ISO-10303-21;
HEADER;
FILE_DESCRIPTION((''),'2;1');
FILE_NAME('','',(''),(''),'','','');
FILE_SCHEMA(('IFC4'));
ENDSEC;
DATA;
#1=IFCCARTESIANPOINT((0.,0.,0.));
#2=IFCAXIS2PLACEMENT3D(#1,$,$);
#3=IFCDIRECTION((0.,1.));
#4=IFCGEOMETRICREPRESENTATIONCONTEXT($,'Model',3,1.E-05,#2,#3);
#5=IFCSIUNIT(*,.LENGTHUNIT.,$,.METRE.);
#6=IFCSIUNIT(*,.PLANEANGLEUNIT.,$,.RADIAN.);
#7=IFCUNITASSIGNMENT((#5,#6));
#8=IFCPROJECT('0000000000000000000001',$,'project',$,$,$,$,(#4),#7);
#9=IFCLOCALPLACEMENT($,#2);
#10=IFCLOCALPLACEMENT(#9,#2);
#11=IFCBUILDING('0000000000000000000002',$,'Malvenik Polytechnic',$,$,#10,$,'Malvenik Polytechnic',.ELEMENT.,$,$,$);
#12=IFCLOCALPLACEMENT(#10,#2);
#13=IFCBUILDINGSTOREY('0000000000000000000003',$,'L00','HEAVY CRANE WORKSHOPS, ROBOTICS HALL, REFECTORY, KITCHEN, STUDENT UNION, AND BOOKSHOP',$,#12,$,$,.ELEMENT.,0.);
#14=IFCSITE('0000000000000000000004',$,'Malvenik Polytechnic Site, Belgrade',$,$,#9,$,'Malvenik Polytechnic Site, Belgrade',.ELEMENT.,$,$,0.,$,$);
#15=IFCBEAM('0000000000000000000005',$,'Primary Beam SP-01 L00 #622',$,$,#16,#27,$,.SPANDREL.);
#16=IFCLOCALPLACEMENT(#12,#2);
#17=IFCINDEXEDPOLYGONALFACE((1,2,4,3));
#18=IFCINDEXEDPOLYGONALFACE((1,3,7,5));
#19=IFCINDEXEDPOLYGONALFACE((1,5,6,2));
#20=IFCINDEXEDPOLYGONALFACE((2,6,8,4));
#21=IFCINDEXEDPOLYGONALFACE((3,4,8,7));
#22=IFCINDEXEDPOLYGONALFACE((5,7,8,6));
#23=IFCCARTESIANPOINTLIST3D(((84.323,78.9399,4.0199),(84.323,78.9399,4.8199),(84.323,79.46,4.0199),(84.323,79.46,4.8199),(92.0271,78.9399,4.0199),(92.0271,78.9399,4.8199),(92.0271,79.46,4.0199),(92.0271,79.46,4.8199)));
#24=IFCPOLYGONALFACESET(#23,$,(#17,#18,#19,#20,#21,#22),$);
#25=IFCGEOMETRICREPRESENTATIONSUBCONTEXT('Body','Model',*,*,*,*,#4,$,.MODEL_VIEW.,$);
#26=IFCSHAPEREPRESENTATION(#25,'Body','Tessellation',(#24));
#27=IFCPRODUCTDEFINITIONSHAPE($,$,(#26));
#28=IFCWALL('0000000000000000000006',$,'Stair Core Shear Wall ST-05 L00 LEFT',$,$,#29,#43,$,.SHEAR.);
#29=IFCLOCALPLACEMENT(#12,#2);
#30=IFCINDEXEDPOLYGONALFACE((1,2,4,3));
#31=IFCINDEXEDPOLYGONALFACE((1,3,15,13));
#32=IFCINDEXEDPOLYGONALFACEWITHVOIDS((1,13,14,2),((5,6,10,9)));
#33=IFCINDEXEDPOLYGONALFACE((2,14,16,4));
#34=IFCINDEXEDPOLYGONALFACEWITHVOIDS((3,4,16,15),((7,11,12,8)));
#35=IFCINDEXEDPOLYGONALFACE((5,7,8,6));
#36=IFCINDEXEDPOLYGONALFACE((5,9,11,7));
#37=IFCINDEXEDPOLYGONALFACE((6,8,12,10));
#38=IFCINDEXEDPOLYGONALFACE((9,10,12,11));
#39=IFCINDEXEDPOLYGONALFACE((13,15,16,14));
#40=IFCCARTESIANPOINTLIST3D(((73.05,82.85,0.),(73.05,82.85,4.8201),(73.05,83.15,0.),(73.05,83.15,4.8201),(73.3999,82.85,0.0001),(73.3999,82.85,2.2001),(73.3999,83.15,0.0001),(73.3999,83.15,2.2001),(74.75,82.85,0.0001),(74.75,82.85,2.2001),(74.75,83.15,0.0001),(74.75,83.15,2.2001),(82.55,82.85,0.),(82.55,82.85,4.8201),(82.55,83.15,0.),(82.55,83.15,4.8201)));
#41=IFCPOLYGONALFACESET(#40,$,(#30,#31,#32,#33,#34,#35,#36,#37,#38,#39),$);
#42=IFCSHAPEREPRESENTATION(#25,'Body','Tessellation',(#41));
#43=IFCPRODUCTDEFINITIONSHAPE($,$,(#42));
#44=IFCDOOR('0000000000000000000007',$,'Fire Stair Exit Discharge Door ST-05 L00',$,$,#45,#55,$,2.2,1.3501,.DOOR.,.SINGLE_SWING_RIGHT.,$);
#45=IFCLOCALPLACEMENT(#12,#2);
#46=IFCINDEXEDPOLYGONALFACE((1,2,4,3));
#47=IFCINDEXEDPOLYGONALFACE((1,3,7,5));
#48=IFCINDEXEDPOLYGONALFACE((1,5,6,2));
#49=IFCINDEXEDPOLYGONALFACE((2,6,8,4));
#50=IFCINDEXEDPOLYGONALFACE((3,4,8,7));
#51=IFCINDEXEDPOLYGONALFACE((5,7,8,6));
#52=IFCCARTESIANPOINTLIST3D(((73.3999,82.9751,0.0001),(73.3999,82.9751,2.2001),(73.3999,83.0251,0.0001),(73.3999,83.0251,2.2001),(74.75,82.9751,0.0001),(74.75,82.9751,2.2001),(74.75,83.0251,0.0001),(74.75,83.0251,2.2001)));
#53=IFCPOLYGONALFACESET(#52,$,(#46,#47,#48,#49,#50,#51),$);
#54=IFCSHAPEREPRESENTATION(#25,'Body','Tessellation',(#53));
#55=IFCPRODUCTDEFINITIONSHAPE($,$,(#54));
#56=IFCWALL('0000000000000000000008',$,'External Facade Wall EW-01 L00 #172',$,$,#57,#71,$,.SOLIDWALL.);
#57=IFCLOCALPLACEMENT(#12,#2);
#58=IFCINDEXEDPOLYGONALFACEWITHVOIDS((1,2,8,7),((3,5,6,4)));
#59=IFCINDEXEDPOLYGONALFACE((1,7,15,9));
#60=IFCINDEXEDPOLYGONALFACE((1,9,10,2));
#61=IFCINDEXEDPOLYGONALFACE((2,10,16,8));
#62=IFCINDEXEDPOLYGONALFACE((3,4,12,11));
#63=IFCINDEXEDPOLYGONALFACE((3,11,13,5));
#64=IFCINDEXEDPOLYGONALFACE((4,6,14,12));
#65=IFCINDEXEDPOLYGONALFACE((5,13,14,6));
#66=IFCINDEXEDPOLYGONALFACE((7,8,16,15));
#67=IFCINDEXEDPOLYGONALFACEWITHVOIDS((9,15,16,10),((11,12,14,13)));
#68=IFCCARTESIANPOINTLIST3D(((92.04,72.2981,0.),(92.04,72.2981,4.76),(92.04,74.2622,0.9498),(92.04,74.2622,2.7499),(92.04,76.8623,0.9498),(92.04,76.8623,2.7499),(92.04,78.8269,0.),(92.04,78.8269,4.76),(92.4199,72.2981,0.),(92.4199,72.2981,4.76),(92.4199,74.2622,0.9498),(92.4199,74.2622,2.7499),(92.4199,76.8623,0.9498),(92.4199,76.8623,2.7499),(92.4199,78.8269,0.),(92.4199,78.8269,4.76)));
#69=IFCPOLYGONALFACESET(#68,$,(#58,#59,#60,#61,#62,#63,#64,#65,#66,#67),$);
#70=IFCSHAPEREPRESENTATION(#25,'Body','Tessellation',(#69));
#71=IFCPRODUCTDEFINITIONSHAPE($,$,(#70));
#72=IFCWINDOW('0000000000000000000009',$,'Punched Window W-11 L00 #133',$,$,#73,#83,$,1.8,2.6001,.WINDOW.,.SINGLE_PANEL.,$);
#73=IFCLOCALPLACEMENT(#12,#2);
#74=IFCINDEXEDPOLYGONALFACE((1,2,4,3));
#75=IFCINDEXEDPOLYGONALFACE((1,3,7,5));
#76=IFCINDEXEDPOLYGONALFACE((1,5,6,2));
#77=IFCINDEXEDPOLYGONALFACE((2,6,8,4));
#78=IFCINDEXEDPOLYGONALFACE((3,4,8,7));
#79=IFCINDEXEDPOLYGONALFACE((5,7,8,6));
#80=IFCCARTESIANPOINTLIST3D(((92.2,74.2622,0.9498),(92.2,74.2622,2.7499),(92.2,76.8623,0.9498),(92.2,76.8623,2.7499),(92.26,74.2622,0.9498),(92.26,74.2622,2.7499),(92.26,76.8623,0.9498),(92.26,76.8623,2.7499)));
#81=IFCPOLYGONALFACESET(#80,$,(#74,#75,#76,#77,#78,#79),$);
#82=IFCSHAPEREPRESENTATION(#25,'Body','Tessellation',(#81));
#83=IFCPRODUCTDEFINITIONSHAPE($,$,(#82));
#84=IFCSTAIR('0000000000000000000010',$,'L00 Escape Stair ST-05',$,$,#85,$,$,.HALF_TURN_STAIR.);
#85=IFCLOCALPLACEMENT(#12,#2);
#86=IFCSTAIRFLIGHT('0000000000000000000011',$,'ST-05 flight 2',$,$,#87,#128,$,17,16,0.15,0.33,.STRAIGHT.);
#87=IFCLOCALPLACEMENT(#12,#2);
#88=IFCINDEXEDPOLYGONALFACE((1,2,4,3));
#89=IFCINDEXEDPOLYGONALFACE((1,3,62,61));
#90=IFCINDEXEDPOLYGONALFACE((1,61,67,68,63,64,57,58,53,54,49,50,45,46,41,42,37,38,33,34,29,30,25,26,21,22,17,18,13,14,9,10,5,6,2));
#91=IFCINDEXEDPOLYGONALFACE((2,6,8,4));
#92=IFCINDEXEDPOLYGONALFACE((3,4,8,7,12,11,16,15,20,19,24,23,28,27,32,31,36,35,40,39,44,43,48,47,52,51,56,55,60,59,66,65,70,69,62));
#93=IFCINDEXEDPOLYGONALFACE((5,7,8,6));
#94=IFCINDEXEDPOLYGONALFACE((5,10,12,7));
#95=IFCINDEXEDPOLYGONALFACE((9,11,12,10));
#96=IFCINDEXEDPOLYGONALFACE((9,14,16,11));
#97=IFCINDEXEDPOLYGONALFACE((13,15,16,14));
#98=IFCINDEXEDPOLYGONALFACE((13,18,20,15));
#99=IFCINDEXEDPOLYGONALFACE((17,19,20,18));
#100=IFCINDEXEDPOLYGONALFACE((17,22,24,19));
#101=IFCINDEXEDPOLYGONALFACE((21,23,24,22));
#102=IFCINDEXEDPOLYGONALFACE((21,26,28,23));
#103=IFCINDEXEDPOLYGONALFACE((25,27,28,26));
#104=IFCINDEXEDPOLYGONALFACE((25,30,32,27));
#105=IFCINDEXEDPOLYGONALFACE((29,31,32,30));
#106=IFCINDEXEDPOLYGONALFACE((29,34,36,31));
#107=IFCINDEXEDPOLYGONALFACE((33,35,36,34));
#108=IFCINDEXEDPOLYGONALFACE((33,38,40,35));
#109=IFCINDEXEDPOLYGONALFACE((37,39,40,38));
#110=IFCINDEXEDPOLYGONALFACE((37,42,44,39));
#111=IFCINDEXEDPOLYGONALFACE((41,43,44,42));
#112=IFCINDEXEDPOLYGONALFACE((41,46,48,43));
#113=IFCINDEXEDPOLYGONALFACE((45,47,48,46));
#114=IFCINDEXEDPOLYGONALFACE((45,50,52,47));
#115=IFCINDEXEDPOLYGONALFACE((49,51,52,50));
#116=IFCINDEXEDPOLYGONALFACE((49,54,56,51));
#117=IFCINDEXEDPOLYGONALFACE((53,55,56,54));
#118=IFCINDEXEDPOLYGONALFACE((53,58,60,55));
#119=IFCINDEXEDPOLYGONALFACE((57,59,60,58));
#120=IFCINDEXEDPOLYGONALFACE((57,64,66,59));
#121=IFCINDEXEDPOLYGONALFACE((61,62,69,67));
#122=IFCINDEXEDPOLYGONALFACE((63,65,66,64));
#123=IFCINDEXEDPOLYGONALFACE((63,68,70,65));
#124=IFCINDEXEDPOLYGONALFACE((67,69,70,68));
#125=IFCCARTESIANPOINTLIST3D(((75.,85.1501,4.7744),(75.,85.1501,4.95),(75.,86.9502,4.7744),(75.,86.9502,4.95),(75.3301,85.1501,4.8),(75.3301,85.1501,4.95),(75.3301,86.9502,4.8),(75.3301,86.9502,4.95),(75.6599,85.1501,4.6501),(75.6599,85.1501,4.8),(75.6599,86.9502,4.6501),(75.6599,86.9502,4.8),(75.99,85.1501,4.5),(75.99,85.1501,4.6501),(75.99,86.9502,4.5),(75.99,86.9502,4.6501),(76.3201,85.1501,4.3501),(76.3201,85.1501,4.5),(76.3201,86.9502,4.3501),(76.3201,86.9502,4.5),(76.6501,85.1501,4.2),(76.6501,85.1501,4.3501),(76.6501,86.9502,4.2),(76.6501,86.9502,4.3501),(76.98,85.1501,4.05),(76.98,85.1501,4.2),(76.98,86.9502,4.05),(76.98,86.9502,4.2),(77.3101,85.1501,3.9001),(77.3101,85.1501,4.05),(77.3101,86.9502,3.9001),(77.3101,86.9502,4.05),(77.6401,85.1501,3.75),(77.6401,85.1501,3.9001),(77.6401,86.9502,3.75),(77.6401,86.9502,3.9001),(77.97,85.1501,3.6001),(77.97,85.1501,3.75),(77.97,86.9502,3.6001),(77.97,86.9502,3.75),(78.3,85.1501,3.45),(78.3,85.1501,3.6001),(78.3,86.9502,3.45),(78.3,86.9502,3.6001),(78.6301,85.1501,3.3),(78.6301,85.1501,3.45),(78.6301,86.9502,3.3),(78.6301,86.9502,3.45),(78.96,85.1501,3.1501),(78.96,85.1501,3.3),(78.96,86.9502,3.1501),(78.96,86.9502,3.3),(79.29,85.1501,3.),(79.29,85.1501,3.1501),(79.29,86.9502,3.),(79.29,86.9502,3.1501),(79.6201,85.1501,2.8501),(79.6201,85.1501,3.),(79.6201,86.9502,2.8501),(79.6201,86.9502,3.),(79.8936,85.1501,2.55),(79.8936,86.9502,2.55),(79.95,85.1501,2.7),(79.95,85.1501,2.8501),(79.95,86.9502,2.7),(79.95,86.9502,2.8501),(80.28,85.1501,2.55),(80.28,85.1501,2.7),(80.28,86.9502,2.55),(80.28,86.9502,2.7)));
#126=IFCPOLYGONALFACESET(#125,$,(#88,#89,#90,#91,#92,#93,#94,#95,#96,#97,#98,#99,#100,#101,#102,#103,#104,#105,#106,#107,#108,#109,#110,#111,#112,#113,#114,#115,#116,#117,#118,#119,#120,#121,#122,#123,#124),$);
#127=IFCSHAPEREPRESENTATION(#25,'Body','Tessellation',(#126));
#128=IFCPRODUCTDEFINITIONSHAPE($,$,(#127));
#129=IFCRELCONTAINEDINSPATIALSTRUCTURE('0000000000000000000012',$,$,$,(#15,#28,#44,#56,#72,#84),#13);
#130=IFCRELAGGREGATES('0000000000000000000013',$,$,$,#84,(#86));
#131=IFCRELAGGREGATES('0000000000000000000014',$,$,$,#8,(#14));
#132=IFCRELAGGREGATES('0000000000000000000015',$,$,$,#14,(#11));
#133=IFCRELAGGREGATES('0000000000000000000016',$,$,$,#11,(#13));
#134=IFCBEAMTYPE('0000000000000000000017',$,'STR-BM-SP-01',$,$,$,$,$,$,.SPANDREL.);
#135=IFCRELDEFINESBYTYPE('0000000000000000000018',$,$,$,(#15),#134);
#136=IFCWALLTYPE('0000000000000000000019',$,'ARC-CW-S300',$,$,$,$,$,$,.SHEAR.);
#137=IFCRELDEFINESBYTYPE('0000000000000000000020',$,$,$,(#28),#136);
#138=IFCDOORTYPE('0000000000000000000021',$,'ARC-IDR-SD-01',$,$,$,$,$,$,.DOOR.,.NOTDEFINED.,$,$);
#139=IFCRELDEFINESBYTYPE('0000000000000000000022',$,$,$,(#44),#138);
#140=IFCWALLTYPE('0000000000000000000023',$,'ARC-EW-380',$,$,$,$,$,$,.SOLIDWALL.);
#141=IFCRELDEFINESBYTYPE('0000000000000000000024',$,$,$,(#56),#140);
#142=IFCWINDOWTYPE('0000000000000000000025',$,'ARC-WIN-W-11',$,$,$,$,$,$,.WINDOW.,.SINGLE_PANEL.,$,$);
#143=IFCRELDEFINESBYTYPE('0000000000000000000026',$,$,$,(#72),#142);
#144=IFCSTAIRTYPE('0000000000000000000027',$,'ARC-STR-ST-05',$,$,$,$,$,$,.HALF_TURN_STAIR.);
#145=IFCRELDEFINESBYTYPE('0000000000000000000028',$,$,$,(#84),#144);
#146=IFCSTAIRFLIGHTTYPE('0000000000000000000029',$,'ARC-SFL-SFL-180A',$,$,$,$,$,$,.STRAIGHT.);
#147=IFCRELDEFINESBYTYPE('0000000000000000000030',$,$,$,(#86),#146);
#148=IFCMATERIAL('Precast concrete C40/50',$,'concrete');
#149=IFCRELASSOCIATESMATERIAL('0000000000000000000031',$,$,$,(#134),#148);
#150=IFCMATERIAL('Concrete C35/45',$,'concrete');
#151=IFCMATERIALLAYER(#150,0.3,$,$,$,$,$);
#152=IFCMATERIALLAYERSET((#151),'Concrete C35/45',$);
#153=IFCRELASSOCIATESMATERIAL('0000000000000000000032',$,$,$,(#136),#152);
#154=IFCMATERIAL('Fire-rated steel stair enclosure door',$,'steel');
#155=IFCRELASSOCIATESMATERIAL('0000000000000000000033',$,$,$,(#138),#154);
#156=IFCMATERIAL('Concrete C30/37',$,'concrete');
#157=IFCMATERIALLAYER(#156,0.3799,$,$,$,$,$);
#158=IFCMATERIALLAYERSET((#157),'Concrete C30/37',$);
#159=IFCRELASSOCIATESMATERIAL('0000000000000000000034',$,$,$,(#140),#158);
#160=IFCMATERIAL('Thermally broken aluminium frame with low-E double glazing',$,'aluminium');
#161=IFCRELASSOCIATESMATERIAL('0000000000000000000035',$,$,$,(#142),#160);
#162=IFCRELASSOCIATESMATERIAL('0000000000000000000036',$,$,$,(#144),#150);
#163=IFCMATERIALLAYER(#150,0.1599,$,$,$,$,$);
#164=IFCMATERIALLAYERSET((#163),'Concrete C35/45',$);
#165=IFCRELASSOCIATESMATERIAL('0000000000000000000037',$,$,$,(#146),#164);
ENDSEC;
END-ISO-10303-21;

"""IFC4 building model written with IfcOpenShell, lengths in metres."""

from ifc_helpers import new_model, si_unit, direction, frame, frame_2d, origin, origin_2d, place, context, subcontext, project, spatial, polyline, rectangle, outline, extrude, material, layer, layer_set, material_profile, profile_set, type_object, element, fill, aggregate, save


model = new_model("IFC4")

# Units and contexts
model_context = context("Model", 3, precision=1e-05, world=origin(), true_north=direction((0.0, 1.0)))
body_context = subcontext(model_context, "Body", "Model", "MODEL_VIEW")
ifc_project = project(units=[si_unit("LENGTHUNIT", "METRE"), si_unit("PLANEANGLEUNIT", "RADIAN")], contexts=[model_context])

# Site, building, storey
site_placement = place(None, origin())
site = spatial("IfcSite", under=ifc_project, at=site_placement, Name="Malvenik Polytechnic Site, Belgrade", LongName="Malvenik Polytechnic Site, Belgrade", CompositionType="ELEMENT", RefElevation=0.0)
building_placement = place(site_placement, origin())
building = spatial("IfcBuilding", under=site, at=building_placement, Name="Malvenik Polytechnic", LongName="Malvenik Polytechnic", CompositionType="ELEMENT")
storey_placement = place(building_placement, origin())
storey = spatial("IfcBuildingStorey", under=building, at=storey_placement, Name="L00", Description="HEAVY CRANE WORKSHOPS, ROBOTICS HALL, REFECTORY, KITCHEN, STUDENT UNION, AND BOOKSHOP", CompositionType="ELEMENT", Elevation=0.0)

# Shared definitions
ifc_material_1 = material(Name="Concrete C35/45", Category="concrete")

# Beam
ifc_material_2 = material(Name="Concrete C30/37", Category="concrete")
ifc_material_3 = material(Name="Precast concrete C40/50", Category="concrete")
ifc_material_profile_1 = material_profile(ifc_material_3, rectangle(XDim=0.52, YDim=0.8, at=origin_2d()), Name="PC SPN 520x800")
ifc_profile_set_1 = profile_set([ifc_material_profile_1], Name="Precast concrete C40/50")
beam_type_1 = type_object("IfcBeamType", Name="STR-BM-SP-01", PredefinedType="SPANDREL", material=ifc_profile_set_1)
beam_1_placement = place(storey_placement, frame((84.323, 79.2, 4.4199), z_axis=(1.0, 0.0, 0.0), x_axis=(0.0, 1.0, 0.0)))
element("IfcBeam", 1, at=beam_1_placement, inside=storey, type_object=beam_type_1, Name="Primary Beam SP-01 L00 #622", PredefinedType="SPANDREL", context=body_context, shape_type="SweptSolid", body=[
    extrude(rectangle(XDim=0.52, YDim=0.8, at=origin_2d()), origin(), (0.0, 0.0, 1.0), 7.7041),
])

# Wall, opening, door
ifc_layer_1 = layer(ifc_material_1, 0.3)
ifc_layer_set_1 = layer_set([ifc_layer_1], Name="Concrete C35/45")
wall_type_1 = type_object("IfcWallType", Name="ARC-CW-S300", PredefinedType="SHEAR", material=ifc_layer_set_1)
wall_1_placement = place(storey_placement, frame((82.55, 83.0, 0.0), z_axis=(0.0, 0.0, 1.0), x_axis=(-1.0, 0.0, 0.0)))
wall_1 = element("IfcWall", 2, at=wall_1_placement, inside=storey, type_object=wall_type_1, Name="Stair Core Shear Wall ST-05 L00 LEFT", PredefinedType="SHEAR", context=body_context, shape_type="SweptSolid", body=[
    extrude(rectangle(XDim=9.5, YDim=0.3, at=frame_2d((4.75, 0.0))), origin(), (0.0, 0.0, 1.0), 4.8201),
])
opening_1_placement = place(wall_1_placement, frame((7.8, 0.0, 0.0)))
opening_1 = element("IfcOpeningElement", 3, at=opening_1_placement, cuts=wall_1, PredefinedType="OPENING", context=body_context, shape_type="SweptSolid", body=[
    extrude(rectangle(XDim=1.3501, YDim=2.2, at=frame_2d((0.675, 1.1001))), frame((0.0, 0.1602, 0.0), z_axis=(0.0, -1.0, 0.0), x_axis=(1.0, 0.0, 0.0)), (0.0, 0.0, 1.0), 0.3201),
])
ifc_material_4 = material(Name="Fire-rated steel stair enclosure door", Category="steel")
door_type = type_object("IfcDoorType", Name="ARC-IDR-SD-01", OperationType="NOTDEFINED", PredefinedType="DOOR", material=ifc_material_4)
door_placement = place(opening_1_placement, origin())
door = element("IfcDoor", 4, at=door_placement, inside=storey, type_object=door_type, Name="Fire Stair Exit Discharge Door ST-05 L00", OperationType="SINGLE_SWING_RIGHT", OverallHeight=2.2, OverallWidth=1.3501, PredefinedType="DOOR", context=body_context, shape_type="SweptSolid", body=[
    extrude(rectangle(XDim=1.3501, YDim=2.2, at=frame_2d((0.675, 1.1001))), frame((0.0, 0.0249, 0.0), z_axis=(0.0, -1.0, 0.0), x_axis=(1.0, 0.0, 0.0)), (0.0, 0.0, 1.0), 0.05),
])
fill(opening_1, door)

# Wall, opening, window
ifc_layer_2 = layer(ifc_material_2, 0.3799)
ifc_layer_set_2 = layer_set([ifc_layer_2], Name="Concrete C30/37")
wall_type_2 = type_object("IfcWallType", Name="ARC-EW-380", PredefinedType="SOLIDWALL", material=ifc_layer_set_2)
wall_2_placement = place(storey_placement, frame((92.23, 78.8269, 0.0), z_axis=(0.0, 0.0, 1.0), x_axis=(0.0, -1.0, 0.0)))
wall_2 = element("IfcWall", 5, at=wall_2_placement, inside=storey, type_object=wall_type_2, Name="External Facade Wall EW-01 L00 #172", PredefinedType="SOLIDWALL", context=body_context, shape_type="SweptSolid", body=[
    extrude(rectangle(XDim=6.5288, YDim=0.3799, at=frame_2d((3.2644, 0.0))), origin(), (0.0, 0.0, 1.0), 4.76),
])
opening_2_placement = place(wall_2_placement, frame((1.9646, 0.0, 0.95)))
opening_2 = element("IfcOpeningElement", 6, at=opening_2_placement, cuts=wall_2, PredefinedType="OPENING", context=body_context, shape_type="SweptSolid", body=[
    extrude(rectangle(XDim=2.6001, YDim=1.8, at=frame_2d((1.3, 0.8999))), frame((0.0, 0.2, 0.0), z_axis=(0.0, -1.0, 0.0), x_axis=(1.0, 0.0, 0.0)), (0.0, 0.0, 1.0), 0.3999),
])
ifc_material_5 = material(Name="Thermally broken aluminium frame with low-E double glazing", Category="aluminium")
window_type = type_object("IfcWindowType", Name="ARC-WIN-W-11", PartitioningType="SINGLE_PANEL", PredefinedType="WINDOW", material=ifc_material_5)
window_placement = place(opening_2_placement, origin())
window = element("IfcWindow", 7, at=window_placement, inside=storey, type_object=window_type, Name="Punched Window W-11 L00 #133", OverallHeight=1.8, OverallWidth=2.6001, PartitioningType="SINGLE_PANEL", PredefinedType="WINDOW", context=body_context, shape_type="SweptSolid", body=[
    extrude(rectangle(XDim=2.6001, YDim=1.8, at=frame_2d((1.3, 0.8999))), frame((0.0, 0.03, 0.0), z_axis=(0.0, -1.0, 0.0), x_axis=(1.0, 0.0, 0.0)), (0.0, 0.0, 1.0), 0.0601),
])
fill(opening_2, window)

# Stair, stair flight
stair_type = type_object("IfcStairType", Name="ARC-STR-ST-05", PredefinedType="HALF_TURN_STAIR", material=ifc_material_1)
stair_placement = place(storey_placement, origin())
stair = element("IfcStair", 8, at=stair_placement, inside=storey, type_object=stair_type, Name="L00 Escape Stair ST-05", PredefinedType="HALF_TURN_STAIR")
ifc_layer_3 = layer(ifc_material_1, 0.1599)
ifc_layer_set_3 = layer_set([ifc_layer_3], Name="Concrete C35/45")
stair_flight_type = type_object("IfcStairFlightType", Name="ARC-SFL-SFL-180A", PredefinedType="STRAIGHT", material=ifc_layer_set_3)
stair_flight_placement = place(storey_placement, frame((80.28, 86.05, 2.55), z_axis=(0.0, 0.0, 1.0), x_axis=(-1.0, 0.0, 0.0)))
stair_flight = element("IfcStairFlight", 9, at=stair_flight_placement, type_object=stair_flight_type, Name="ST-05 flight 2", NumberOfRisers=17, NumberOfTreads=16, PredefinedType="STRAIGHT", RiserHeight=0.15, TreadLength=0.33, context=body_context, shape_type="SweptSolid", body=[
    extrude(outline(polyline([(0.0, 0.0), (0.0, 0.1499), (0.3301, 0.1499), (0.3301, 0.3), (0.6599, 0.3), (0.6599, 0.45), (0.99, 0.45), (0.99, 0.6001), (1.3201, 0.6001), (1.3201, 0.75), (1.6499, 0.75), (1.6499, 0.8999), (1.98, 0.8999), (1.98, 1.05), (2.3101, 1.05), (2.3101, 1.2), (2.6399, 1.2), (2.6399, 1.3501), (2.97, 1.3501), (2.97, 1.5), (3.3, 1.5), (3.3, 1.6499), (3.6299, 1.6499), (3.6299, 1.8), (3.96, 1.8), (3.96, 1.95), (4.29, 1.95), (4.29, 2.1001), (4.6201, 2.1001), (4.6201, 2.25), (4.95, 2.25), (4.95, 2.3999), (5.28, 2.3999), (5.28, 2.55), (5.28, 2.2244), (0.3865, 0.0), (0.0, 0.0)])), frame((0.0, 0.8999, 0.0), z_axis=(0.0, -1.0, 0.0), x_axis=(1.0, 0.0, 0.0)), (0.0, 0.0, 1.0), 1.8),
])
aggregate(stair, [stair_flight])

save(model, "model.ifc")
